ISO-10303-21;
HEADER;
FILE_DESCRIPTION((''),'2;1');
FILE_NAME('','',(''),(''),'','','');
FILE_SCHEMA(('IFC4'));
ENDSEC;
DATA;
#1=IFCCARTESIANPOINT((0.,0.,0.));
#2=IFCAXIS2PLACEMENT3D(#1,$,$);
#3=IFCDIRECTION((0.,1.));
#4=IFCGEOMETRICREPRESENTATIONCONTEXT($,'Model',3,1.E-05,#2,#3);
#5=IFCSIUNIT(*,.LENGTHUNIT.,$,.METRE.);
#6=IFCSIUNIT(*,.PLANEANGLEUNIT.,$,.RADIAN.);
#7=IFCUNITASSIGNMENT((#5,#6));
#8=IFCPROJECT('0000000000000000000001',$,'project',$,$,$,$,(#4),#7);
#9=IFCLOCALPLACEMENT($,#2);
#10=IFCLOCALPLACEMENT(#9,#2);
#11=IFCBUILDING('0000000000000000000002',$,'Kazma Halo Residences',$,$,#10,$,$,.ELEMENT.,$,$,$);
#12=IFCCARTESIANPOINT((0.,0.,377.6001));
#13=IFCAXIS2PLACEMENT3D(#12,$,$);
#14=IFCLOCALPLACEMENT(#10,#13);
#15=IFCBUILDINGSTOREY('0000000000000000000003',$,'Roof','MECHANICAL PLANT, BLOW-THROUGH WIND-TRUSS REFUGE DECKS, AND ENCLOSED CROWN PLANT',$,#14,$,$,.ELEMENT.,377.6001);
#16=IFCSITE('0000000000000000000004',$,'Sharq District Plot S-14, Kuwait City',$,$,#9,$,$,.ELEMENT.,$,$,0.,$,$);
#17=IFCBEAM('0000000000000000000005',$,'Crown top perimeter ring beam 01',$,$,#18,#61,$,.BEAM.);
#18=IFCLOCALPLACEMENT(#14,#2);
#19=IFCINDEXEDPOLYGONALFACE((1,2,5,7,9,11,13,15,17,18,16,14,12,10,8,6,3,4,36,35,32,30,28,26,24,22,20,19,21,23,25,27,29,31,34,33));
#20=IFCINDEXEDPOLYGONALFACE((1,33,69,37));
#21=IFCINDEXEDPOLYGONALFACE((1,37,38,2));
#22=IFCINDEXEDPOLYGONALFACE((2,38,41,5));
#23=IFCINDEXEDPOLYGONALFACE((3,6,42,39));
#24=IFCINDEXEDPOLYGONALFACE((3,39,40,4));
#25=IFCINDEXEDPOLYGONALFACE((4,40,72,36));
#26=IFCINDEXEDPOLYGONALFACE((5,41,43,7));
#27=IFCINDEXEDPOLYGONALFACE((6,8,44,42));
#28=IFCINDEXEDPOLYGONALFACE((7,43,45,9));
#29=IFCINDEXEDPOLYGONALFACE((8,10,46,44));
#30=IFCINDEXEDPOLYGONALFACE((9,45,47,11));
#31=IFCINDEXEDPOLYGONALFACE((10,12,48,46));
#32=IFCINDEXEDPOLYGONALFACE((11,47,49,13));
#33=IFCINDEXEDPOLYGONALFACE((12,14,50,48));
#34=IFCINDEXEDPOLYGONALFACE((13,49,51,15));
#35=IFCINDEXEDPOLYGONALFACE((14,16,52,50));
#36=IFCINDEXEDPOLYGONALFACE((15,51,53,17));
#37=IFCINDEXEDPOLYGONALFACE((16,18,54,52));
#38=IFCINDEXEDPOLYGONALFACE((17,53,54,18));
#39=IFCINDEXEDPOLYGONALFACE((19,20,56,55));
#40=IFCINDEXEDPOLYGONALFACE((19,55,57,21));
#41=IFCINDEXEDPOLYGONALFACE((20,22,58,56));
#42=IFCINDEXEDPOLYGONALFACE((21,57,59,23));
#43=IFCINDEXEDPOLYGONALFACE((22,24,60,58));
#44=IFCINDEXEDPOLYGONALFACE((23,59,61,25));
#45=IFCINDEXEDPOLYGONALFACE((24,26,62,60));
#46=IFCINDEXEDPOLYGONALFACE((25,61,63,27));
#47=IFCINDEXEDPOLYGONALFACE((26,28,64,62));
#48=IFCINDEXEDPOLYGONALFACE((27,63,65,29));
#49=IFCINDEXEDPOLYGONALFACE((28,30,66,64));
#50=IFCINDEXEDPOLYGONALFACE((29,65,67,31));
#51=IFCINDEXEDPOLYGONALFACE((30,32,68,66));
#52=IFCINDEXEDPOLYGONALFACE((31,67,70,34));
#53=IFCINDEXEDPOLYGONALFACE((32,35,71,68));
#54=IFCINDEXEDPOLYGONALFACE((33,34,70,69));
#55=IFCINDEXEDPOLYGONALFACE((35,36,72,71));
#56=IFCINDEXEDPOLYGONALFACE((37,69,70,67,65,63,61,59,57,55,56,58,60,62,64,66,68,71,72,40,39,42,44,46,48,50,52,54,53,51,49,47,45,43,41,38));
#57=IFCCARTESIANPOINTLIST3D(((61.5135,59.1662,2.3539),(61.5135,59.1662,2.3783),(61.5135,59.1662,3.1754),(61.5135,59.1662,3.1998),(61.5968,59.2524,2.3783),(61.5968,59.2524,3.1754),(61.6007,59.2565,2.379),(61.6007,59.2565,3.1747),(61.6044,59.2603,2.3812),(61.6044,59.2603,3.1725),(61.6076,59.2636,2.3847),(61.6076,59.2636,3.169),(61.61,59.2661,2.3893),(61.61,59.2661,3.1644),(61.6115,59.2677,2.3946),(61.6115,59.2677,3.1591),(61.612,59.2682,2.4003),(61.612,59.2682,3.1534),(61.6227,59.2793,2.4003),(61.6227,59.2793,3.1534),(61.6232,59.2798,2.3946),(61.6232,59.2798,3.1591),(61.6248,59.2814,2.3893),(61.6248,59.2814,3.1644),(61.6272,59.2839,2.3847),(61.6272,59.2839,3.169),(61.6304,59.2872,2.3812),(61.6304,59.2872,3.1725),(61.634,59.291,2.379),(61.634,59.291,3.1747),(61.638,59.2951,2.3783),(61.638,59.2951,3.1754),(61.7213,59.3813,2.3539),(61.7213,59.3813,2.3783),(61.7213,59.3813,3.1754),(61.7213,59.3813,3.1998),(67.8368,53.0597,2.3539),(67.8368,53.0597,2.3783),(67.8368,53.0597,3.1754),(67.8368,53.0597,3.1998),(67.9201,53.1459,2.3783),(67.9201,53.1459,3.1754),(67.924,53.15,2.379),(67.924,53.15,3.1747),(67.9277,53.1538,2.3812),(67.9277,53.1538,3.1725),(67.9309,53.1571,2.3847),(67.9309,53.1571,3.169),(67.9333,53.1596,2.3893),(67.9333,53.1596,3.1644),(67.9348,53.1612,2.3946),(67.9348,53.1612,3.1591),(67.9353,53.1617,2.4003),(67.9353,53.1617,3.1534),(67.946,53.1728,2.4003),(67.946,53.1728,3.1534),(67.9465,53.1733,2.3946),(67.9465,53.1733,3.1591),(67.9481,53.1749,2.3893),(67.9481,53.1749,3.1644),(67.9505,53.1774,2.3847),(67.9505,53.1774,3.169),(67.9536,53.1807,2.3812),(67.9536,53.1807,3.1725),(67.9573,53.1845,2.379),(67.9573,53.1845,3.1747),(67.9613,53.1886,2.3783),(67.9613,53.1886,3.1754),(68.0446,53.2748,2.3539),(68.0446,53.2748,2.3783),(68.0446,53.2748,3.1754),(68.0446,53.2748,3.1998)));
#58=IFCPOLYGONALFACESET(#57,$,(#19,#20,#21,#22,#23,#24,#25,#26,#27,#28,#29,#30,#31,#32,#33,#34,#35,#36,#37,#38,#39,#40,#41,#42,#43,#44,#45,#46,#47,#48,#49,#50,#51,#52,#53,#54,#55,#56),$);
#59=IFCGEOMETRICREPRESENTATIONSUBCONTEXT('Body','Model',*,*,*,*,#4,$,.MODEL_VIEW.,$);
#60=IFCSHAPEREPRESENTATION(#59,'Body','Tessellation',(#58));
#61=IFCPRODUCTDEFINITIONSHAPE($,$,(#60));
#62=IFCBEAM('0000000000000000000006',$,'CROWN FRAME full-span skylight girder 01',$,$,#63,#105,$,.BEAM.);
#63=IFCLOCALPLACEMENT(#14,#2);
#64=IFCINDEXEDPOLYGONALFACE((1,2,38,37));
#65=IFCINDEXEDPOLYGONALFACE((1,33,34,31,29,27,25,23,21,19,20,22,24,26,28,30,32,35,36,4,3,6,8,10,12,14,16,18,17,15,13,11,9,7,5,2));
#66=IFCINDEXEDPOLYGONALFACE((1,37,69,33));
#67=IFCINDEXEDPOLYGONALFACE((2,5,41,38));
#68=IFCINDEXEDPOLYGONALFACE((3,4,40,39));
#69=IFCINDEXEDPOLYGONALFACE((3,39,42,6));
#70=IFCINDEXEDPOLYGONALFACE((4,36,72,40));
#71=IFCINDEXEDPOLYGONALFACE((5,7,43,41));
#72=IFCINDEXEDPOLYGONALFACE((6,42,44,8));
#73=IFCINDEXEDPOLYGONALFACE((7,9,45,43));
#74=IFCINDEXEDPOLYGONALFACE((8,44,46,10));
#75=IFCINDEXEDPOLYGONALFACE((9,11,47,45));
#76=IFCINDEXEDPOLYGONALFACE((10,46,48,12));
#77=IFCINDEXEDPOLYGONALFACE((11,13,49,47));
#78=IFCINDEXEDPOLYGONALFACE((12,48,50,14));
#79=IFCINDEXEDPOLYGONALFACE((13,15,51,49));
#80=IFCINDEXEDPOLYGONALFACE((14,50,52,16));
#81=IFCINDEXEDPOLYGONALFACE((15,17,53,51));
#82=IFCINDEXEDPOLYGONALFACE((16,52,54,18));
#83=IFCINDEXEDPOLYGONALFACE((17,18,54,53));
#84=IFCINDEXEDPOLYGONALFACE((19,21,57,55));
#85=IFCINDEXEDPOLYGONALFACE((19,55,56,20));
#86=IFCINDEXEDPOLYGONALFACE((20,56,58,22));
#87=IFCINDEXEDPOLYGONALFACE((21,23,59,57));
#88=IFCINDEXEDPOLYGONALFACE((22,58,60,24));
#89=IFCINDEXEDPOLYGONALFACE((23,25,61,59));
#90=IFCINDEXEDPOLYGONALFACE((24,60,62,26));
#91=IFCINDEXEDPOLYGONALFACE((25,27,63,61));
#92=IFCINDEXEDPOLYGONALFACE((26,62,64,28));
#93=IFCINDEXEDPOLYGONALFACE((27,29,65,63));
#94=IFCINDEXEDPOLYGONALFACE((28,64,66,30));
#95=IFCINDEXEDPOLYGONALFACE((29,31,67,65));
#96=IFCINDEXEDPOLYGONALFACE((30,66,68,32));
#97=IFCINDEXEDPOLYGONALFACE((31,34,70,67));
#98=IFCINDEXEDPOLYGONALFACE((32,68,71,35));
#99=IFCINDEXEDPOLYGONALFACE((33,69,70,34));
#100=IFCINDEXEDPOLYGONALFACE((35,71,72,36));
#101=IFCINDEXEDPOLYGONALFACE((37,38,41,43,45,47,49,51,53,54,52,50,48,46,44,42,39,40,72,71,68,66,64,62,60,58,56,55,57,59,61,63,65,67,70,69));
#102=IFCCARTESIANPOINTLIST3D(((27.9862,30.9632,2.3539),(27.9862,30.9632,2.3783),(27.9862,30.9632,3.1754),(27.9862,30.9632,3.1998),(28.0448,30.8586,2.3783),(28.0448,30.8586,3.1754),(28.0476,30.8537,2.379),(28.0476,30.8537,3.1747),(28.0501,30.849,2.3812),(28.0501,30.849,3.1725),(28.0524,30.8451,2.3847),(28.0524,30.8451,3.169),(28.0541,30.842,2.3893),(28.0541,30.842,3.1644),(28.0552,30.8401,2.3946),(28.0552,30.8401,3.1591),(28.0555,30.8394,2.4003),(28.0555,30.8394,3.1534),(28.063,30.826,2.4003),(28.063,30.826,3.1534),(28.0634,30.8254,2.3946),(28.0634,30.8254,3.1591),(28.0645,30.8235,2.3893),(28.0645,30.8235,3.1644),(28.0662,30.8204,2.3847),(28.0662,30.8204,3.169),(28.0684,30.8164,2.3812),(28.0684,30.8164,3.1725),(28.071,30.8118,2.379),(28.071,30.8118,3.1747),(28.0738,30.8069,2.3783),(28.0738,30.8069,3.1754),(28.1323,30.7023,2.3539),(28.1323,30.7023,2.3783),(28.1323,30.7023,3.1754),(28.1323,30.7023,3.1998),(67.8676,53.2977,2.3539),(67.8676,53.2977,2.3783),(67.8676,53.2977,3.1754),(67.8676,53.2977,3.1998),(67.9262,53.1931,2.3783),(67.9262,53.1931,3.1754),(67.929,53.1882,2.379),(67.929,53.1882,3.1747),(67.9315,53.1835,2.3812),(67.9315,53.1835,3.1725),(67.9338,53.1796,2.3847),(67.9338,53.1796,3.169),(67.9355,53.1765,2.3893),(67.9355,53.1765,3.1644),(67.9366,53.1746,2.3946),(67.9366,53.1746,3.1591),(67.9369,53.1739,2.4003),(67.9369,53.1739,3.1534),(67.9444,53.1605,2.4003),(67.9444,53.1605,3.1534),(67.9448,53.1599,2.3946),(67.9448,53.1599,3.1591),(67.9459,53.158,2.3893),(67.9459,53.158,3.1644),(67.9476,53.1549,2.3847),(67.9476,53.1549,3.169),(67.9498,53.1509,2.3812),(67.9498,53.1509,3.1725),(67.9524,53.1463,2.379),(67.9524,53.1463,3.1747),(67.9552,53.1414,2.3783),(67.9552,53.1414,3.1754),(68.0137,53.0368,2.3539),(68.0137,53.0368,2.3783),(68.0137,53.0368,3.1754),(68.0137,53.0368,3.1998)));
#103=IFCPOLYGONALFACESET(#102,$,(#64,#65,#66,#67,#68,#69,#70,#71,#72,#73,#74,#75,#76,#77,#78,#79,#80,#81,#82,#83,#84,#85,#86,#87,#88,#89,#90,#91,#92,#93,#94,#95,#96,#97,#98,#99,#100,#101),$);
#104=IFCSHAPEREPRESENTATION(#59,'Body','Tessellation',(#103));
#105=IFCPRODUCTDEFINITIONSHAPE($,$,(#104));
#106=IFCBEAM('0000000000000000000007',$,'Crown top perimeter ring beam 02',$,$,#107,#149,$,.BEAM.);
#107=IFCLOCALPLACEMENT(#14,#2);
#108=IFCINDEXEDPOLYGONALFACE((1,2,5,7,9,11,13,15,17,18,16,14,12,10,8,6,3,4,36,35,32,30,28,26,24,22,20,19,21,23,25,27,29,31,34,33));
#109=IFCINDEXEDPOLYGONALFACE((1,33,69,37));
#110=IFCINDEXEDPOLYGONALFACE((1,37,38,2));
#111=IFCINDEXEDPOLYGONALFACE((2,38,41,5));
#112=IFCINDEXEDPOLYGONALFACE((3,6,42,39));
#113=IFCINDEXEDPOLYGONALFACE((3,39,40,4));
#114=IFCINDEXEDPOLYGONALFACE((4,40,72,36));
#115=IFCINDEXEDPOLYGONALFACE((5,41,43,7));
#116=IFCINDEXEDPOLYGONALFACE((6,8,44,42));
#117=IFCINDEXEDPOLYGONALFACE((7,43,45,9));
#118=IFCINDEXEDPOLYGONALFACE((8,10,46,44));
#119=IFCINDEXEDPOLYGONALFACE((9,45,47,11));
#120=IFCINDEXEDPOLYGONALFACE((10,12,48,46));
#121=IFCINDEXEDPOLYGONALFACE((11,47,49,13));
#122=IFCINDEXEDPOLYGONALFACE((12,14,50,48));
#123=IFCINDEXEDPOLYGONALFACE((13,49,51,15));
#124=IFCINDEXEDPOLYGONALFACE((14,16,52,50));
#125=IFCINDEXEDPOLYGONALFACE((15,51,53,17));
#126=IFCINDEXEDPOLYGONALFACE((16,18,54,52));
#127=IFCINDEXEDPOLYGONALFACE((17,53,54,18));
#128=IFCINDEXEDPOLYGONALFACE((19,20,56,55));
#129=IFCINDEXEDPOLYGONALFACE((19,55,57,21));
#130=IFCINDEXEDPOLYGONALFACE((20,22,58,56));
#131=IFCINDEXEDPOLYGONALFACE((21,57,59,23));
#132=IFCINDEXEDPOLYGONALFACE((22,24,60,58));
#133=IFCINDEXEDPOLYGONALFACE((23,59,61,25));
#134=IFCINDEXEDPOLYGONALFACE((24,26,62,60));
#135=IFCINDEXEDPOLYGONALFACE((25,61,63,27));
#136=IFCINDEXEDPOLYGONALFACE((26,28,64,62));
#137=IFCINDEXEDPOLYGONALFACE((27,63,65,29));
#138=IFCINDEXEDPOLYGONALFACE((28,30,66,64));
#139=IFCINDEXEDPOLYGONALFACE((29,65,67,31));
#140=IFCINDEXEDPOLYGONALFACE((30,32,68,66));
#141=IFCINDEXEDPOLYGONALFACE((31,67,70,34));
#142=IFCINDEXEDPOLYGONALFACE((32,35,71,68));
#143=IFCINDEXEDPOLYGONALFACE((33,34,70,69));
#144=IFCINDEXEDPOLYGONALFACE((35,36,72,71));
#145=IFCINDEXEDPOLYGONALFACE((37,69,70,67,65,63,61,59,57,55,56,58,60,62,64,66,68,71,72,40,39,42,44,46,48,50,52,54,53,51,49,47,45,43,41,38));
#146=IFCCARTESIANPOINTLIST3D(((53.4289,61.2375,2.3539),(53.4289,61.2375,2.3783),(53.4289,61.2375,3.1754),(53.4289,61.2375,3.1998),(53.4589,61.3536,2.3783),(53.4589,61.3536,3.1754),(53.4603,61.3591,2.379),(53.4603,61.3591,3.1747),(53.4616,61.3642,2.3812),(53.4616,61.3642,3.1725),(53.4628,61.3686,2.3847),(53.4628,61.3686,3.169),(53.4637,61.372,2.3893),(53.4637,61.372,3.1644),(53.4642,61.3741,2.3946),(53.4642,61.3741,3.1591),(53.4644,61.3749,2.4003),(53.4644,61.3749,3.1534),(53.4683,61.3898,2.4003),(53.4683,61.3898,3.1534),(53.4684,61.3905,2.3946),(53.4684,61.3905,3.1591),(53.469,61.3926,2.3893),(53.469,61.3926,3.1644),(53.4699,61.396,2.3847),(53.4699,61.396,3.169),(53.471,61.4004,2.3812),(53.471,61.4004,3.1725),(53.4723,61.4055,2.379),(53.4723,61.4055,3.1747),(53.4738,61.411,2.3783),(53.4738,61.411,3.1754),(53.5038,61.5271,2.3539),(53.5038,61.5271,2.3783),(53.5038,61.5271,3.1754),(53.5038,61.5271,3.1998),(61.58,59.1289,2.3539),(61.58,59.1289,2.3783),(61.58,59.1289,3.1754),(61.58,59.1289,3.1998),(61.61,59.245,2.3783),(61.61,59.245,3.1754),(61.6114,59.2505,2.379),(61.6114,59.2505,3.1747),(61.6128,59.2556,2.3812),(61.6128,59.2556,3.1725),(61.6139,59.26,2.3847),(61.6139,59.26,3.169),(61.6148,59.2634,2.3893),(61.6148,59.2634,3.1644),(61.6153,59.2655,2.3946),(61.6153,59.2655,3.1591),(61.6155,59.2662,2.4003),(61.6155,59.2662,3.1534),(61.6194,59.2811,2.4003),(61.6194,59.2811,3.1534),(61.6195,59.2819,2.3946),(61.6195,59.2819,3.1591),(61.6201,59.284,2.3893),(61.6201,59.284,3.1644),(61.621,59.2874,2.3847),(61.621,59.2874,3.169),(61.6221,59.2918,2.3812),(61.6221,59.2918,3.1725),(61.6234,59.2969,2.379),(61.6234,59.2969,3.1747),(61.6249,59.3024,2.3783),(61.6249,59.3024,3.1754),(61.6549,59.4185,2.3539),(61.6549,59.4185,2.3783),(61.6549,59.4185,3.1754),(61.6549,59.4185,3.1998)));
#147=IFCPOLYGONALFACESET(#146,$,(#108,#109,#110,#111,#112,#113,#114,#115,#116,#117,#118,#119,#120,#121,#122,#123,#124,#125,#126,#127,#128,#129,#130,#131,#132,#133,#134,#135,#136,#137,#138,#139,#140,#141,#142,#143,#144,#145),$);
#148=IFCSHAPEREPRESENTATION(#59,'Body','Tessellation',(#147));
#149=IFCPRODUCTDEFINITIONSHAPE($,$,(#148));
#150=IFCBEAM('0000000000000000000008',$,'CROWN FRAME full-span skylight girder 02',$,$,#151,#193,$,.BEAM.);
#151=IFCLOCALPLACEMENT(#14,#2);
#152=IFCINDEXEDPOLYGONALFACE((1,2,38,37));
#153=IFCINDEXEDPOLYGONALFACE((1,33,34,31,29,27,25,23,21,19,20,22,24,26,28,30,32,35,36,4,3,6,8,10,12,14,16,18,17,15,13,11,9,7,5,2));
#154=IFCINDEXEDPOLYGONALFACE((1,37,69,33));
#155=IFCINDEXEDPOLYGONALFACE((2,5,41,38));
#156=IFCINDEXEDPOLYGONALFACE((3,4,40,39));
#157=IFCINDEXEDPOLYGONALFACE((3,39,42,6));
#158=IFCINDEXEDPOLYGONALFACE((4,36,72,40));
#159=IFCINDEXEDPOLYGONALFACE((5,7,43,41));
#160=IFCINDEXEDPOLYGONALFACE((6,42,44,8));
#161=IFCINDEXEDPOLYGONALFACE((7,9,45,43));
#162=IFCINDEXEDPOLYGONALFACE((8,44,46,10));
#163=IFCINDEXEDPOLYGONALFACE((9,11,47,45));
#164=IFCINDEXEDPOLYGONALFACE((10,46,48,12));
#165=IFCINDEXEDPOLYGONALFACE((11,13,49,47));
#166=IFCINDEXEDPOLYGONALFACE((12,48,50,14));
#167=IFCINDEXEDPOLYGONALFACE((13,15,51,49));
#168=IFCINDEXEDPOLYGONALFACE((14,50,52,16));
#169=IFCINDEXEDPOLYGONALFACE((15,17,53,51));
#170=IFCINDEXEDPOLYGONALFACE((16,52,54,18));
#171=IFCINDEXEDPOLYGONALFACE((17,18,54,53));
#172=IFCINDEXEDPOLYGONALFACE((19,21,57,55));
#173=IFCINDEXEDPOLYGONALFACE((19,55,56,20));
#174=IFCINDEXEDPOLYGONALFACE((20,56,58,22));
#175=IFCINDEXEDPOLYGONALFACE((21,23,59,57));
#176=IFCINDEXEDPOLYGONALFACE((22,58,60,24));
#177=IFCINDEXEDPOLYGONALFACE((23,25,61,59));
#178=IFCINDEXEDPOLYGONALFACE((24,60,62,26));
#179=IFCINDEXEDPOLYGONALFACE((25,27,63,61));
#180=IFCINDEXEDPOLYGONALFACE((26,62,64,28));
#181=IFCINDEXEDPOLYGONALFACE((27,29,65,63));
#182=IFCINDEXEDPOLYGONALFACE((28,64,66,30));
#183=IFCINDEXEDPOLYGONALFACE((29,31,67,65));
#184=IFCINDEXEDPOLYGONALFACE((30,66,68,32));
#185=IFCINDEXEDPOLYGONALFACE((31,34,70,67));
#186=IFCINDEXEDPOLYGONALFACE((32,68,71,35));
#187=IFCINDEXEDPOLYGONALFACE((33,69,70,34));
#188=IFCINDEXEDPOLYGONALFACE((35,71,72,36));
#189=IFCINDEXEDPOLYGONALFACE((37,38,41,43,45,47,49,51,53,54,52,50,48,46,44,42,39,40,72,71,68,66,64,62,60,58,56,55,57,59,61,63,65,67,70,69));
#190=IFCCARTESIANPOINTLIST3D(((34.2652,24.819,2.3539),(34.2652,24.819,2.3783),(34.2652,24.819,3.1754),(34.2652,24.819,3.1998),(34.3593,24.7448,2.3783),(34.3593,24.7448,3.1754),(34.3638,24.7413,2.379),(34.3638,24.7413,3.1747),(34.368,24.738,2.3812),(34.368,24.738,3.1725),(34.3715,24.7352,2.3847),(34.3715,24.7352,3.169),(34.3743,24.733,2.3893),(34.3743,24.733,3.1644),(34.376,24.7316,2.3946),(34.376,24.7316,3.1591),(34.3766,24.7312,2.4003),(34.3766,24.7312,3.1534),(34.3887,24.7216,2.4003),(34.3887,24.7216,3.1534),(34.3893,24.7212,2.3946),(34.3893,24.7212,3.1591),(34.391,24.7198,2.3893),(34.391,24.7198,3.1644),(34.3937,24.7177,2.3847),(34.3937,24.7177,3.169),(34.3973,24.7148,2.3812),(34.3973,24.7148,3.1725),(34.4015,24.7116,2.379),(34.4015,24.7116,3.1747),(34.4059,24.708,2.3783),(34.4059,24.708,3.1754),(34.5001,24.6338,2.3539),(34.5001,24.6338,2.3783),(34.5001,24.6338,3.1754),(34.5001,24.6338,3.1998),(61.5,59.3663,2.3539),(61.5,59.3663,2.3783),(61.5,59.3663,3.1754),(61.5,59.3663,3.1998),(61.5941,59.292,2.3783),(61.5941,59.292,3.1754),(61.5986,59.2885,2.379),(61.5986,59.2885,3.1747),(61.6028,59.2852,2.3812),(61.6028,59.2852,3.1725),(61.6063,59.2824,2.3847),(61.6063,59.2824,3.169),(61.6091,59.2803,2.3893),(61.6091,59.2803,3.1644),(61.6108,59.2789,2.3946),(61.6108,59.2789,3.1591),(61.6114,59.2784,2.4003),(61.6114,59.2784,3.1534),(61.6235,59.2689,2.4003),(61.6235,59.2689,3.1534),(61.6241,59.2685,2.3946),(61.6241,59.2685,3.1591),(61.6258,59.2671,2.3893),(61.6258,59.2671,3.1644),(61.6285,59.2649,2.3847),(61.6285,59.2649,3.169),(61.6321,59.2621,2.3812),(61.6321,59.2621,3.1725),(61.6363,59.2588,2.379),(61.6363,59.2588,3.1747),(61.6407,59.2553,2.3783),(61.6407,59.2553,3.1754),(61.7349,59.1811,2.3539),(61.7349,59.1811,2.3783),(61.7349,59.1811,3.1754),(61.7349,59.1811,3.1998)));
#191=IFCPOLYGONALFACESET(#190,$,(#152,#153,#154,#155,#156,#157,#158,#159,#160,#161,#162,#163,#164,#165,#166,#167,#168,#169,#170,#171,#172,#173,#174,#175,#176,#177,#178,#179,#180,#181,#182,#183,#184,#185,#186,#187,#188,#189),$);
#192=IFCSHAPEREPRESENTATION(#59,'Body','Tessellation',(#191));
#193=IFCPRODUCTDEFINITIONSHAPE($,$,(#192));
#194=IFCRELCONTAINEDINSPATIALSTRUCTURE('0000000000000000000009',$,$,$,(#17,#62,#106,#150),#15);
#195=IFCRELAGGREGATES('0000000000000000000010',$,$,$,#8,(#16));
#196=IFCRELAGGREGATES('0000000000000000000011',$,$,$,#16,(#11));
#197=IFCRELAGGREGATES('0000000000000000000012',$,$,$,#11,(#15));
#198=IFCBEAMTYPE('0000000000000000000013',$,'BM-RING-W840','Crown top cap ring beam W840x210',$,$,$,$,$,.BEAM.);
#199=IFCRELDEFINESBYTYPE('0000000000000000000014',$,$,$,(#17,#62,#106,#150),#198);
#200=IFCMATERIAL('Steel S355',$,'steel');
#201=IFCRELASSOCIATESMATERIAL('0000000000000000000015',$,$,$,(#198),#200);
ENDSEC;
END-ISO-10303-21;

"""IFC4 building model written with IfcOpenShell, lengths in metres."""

from ifc_helpers import new_model, si_unit, direction, frame, origin, origin_2d, place, context, subcontext, project, spatial, i_section, extrude, material, material_profile, profile_set, type_object, element, save


model = new_model("IFC4")

# Units and contexts
model_context = context("Model", 3, precision=1e-05, world=origin(), true_north=direction((0.0, 1.0)))
body_context = subcontext(model_context, "Body", "Model", "MODEL_VIEW")
ifc_project = project(units=[si_unit("LENGTHUNIT", "METRE"), si_unit("PLANEANGLEUNIT", "RADIAN")], contexts=[model_context])

# Site, building, storey
site_placement = place(None, origin())
site = spatial("IfcSite", under=ifc_project, at=site_placement, Name="Sharq District Plot S-14, Kuwait City", CompositionType="ELEMENT", RefElevation=0.0)
building_placement = place(site_placement, origin())
building = spatial("IfcBuilding", under=site, at=building_placement, Name="Kazma Halo Residences", CompositionType="ELEMENT")
storey_placement = place(building_placement, frame((0.0, 0.0, 377.6001)))
storey = spatial("IfcBuildingStorey", under=building, at=storey_placement, Name="Roof", Description="MECHANICAL PLANT, BLOW-THROUGH WIND-TRUSS REFUGE DECKS, AND ENCLOSED CROWN PLANT", CompositionType="ELEMENT", Elevation=377.6001)

# Shared definitions
ifc_material_1 = material(Name="Steel S355", Category="steel")

# Beams
ifc_material_profile_1 = material_profile(ifc_material_1, i_section(OverallWidth=0.2991, OverallDepth=0.8459, WebThickness=0.0154, FlangeThickness=0.0244, FilletRadius=0.022, at=origin_2d()), Name="W840x210")
ifc_profile_set_1 = profile_set([ifc_material_profile_1], Name="Steel S355")
beam_type_1 = type_object("IfcBeamType", Name="BM-RING-W840", Description="Crown top cap ring beam W840x210", PredefinedType="BEAM", material=ifc_profile_set_1)
beam_1_placement = place(storey_placement, frame((67.9407, 53.1672, 2.7769), z_axis=(-0.719331, 0.694668, 0.0), x_axis=(-0.694668, -0.719331, 0.0)))
element("IfcBeam", 1, at=beam_1_placement, inside=storey, type_object=beam_type_1, Name="Crown top perimeter ring beam 01", PredefinedType="BEAM", context=body_context, shape_type="SweptSolid", body=[
    extrude(i_section(OverallWidth=0.2991, OverallDepth=0.8459, WebThickness=0.0154, FlangeThickness=0.0244, FilletRadius=0.022, at=origin_2d()), origin(), (0.0, 0.0, 1.0), 8.7905),
])
beam_2_placement = place(storey_placement, frame((67.9407, 53.1672, 2.7769), z_axis=(-0.872497, -0.488619, 0.0), x_axis=(0.488619, -0.872497, 0.0)))
element("IfcBeam", 2, at=beam_2_placement, inside=storey, type_object=beam_type_1, Name="CROWN FRAME full-span skylight girder 01", PredefinedType="BEAM", context=body_context, shape_type="SweptSolid", body=[
    extrude(i_section(OverallWidth=0.2991, OverallDepth=0.8459, WebThickness=0.0154, FlangeThickness=0.0244, FilletRadius=0.022, at=origin_2d()), origin(), (0.0, 0.0, 1.0), 45.7095),
])
beam_3_placement = place(storey_placement, frame((61.6174, 59.2737, 2.7769), z_axis=(-0.96813, 0.250449, 0.0), x_axis=(-0.250449, -0.96813, 0.0)))
element("IfcBeam", 3, at=beam_3_placement, inside=storey, type_object=beam_type_1, Name="Crown top perimeter ring beam 02", PredefinedType="BEAM", context=body_context, shape_type="SweptSolid", body=[
    extrude(i_section(OverallWidth=0.2991, OverallDepth=0.8459, WebThickness=0.0154, FlangeThickness=0.0244, FilletRadius=0.022, at=origin_2d()), origin(), (0.0, 0.0, 1.0), 8.4194),
])
beam_4_placement = place(storey_placement, frame((61.6174, 59.2737, 2.7769), z_axis=(-0.619093, -0.785318, 0.0), x_axis=(0.785318, -0.619093, 0.0)))
element("IfcBeam", 4, at=beam_4_placement, inside=storey, type_object=beam_type_1, Name="CROWN FRAME full-span skylight girder 02", PredefinedType="BEAM", context=body_context, shape_type="SweptSolid", body=[
    extrude(i_section(OverallWidth=0.2991, OverallDepth=0.8459, WebThickness=0.0154, FlangeThickness=0.0244, FilletRadius=0.022, at=origin_2d()), origin(), (0.0, 0.0, 1.0), 43.9915),
])

save(model, "model.ifc")
